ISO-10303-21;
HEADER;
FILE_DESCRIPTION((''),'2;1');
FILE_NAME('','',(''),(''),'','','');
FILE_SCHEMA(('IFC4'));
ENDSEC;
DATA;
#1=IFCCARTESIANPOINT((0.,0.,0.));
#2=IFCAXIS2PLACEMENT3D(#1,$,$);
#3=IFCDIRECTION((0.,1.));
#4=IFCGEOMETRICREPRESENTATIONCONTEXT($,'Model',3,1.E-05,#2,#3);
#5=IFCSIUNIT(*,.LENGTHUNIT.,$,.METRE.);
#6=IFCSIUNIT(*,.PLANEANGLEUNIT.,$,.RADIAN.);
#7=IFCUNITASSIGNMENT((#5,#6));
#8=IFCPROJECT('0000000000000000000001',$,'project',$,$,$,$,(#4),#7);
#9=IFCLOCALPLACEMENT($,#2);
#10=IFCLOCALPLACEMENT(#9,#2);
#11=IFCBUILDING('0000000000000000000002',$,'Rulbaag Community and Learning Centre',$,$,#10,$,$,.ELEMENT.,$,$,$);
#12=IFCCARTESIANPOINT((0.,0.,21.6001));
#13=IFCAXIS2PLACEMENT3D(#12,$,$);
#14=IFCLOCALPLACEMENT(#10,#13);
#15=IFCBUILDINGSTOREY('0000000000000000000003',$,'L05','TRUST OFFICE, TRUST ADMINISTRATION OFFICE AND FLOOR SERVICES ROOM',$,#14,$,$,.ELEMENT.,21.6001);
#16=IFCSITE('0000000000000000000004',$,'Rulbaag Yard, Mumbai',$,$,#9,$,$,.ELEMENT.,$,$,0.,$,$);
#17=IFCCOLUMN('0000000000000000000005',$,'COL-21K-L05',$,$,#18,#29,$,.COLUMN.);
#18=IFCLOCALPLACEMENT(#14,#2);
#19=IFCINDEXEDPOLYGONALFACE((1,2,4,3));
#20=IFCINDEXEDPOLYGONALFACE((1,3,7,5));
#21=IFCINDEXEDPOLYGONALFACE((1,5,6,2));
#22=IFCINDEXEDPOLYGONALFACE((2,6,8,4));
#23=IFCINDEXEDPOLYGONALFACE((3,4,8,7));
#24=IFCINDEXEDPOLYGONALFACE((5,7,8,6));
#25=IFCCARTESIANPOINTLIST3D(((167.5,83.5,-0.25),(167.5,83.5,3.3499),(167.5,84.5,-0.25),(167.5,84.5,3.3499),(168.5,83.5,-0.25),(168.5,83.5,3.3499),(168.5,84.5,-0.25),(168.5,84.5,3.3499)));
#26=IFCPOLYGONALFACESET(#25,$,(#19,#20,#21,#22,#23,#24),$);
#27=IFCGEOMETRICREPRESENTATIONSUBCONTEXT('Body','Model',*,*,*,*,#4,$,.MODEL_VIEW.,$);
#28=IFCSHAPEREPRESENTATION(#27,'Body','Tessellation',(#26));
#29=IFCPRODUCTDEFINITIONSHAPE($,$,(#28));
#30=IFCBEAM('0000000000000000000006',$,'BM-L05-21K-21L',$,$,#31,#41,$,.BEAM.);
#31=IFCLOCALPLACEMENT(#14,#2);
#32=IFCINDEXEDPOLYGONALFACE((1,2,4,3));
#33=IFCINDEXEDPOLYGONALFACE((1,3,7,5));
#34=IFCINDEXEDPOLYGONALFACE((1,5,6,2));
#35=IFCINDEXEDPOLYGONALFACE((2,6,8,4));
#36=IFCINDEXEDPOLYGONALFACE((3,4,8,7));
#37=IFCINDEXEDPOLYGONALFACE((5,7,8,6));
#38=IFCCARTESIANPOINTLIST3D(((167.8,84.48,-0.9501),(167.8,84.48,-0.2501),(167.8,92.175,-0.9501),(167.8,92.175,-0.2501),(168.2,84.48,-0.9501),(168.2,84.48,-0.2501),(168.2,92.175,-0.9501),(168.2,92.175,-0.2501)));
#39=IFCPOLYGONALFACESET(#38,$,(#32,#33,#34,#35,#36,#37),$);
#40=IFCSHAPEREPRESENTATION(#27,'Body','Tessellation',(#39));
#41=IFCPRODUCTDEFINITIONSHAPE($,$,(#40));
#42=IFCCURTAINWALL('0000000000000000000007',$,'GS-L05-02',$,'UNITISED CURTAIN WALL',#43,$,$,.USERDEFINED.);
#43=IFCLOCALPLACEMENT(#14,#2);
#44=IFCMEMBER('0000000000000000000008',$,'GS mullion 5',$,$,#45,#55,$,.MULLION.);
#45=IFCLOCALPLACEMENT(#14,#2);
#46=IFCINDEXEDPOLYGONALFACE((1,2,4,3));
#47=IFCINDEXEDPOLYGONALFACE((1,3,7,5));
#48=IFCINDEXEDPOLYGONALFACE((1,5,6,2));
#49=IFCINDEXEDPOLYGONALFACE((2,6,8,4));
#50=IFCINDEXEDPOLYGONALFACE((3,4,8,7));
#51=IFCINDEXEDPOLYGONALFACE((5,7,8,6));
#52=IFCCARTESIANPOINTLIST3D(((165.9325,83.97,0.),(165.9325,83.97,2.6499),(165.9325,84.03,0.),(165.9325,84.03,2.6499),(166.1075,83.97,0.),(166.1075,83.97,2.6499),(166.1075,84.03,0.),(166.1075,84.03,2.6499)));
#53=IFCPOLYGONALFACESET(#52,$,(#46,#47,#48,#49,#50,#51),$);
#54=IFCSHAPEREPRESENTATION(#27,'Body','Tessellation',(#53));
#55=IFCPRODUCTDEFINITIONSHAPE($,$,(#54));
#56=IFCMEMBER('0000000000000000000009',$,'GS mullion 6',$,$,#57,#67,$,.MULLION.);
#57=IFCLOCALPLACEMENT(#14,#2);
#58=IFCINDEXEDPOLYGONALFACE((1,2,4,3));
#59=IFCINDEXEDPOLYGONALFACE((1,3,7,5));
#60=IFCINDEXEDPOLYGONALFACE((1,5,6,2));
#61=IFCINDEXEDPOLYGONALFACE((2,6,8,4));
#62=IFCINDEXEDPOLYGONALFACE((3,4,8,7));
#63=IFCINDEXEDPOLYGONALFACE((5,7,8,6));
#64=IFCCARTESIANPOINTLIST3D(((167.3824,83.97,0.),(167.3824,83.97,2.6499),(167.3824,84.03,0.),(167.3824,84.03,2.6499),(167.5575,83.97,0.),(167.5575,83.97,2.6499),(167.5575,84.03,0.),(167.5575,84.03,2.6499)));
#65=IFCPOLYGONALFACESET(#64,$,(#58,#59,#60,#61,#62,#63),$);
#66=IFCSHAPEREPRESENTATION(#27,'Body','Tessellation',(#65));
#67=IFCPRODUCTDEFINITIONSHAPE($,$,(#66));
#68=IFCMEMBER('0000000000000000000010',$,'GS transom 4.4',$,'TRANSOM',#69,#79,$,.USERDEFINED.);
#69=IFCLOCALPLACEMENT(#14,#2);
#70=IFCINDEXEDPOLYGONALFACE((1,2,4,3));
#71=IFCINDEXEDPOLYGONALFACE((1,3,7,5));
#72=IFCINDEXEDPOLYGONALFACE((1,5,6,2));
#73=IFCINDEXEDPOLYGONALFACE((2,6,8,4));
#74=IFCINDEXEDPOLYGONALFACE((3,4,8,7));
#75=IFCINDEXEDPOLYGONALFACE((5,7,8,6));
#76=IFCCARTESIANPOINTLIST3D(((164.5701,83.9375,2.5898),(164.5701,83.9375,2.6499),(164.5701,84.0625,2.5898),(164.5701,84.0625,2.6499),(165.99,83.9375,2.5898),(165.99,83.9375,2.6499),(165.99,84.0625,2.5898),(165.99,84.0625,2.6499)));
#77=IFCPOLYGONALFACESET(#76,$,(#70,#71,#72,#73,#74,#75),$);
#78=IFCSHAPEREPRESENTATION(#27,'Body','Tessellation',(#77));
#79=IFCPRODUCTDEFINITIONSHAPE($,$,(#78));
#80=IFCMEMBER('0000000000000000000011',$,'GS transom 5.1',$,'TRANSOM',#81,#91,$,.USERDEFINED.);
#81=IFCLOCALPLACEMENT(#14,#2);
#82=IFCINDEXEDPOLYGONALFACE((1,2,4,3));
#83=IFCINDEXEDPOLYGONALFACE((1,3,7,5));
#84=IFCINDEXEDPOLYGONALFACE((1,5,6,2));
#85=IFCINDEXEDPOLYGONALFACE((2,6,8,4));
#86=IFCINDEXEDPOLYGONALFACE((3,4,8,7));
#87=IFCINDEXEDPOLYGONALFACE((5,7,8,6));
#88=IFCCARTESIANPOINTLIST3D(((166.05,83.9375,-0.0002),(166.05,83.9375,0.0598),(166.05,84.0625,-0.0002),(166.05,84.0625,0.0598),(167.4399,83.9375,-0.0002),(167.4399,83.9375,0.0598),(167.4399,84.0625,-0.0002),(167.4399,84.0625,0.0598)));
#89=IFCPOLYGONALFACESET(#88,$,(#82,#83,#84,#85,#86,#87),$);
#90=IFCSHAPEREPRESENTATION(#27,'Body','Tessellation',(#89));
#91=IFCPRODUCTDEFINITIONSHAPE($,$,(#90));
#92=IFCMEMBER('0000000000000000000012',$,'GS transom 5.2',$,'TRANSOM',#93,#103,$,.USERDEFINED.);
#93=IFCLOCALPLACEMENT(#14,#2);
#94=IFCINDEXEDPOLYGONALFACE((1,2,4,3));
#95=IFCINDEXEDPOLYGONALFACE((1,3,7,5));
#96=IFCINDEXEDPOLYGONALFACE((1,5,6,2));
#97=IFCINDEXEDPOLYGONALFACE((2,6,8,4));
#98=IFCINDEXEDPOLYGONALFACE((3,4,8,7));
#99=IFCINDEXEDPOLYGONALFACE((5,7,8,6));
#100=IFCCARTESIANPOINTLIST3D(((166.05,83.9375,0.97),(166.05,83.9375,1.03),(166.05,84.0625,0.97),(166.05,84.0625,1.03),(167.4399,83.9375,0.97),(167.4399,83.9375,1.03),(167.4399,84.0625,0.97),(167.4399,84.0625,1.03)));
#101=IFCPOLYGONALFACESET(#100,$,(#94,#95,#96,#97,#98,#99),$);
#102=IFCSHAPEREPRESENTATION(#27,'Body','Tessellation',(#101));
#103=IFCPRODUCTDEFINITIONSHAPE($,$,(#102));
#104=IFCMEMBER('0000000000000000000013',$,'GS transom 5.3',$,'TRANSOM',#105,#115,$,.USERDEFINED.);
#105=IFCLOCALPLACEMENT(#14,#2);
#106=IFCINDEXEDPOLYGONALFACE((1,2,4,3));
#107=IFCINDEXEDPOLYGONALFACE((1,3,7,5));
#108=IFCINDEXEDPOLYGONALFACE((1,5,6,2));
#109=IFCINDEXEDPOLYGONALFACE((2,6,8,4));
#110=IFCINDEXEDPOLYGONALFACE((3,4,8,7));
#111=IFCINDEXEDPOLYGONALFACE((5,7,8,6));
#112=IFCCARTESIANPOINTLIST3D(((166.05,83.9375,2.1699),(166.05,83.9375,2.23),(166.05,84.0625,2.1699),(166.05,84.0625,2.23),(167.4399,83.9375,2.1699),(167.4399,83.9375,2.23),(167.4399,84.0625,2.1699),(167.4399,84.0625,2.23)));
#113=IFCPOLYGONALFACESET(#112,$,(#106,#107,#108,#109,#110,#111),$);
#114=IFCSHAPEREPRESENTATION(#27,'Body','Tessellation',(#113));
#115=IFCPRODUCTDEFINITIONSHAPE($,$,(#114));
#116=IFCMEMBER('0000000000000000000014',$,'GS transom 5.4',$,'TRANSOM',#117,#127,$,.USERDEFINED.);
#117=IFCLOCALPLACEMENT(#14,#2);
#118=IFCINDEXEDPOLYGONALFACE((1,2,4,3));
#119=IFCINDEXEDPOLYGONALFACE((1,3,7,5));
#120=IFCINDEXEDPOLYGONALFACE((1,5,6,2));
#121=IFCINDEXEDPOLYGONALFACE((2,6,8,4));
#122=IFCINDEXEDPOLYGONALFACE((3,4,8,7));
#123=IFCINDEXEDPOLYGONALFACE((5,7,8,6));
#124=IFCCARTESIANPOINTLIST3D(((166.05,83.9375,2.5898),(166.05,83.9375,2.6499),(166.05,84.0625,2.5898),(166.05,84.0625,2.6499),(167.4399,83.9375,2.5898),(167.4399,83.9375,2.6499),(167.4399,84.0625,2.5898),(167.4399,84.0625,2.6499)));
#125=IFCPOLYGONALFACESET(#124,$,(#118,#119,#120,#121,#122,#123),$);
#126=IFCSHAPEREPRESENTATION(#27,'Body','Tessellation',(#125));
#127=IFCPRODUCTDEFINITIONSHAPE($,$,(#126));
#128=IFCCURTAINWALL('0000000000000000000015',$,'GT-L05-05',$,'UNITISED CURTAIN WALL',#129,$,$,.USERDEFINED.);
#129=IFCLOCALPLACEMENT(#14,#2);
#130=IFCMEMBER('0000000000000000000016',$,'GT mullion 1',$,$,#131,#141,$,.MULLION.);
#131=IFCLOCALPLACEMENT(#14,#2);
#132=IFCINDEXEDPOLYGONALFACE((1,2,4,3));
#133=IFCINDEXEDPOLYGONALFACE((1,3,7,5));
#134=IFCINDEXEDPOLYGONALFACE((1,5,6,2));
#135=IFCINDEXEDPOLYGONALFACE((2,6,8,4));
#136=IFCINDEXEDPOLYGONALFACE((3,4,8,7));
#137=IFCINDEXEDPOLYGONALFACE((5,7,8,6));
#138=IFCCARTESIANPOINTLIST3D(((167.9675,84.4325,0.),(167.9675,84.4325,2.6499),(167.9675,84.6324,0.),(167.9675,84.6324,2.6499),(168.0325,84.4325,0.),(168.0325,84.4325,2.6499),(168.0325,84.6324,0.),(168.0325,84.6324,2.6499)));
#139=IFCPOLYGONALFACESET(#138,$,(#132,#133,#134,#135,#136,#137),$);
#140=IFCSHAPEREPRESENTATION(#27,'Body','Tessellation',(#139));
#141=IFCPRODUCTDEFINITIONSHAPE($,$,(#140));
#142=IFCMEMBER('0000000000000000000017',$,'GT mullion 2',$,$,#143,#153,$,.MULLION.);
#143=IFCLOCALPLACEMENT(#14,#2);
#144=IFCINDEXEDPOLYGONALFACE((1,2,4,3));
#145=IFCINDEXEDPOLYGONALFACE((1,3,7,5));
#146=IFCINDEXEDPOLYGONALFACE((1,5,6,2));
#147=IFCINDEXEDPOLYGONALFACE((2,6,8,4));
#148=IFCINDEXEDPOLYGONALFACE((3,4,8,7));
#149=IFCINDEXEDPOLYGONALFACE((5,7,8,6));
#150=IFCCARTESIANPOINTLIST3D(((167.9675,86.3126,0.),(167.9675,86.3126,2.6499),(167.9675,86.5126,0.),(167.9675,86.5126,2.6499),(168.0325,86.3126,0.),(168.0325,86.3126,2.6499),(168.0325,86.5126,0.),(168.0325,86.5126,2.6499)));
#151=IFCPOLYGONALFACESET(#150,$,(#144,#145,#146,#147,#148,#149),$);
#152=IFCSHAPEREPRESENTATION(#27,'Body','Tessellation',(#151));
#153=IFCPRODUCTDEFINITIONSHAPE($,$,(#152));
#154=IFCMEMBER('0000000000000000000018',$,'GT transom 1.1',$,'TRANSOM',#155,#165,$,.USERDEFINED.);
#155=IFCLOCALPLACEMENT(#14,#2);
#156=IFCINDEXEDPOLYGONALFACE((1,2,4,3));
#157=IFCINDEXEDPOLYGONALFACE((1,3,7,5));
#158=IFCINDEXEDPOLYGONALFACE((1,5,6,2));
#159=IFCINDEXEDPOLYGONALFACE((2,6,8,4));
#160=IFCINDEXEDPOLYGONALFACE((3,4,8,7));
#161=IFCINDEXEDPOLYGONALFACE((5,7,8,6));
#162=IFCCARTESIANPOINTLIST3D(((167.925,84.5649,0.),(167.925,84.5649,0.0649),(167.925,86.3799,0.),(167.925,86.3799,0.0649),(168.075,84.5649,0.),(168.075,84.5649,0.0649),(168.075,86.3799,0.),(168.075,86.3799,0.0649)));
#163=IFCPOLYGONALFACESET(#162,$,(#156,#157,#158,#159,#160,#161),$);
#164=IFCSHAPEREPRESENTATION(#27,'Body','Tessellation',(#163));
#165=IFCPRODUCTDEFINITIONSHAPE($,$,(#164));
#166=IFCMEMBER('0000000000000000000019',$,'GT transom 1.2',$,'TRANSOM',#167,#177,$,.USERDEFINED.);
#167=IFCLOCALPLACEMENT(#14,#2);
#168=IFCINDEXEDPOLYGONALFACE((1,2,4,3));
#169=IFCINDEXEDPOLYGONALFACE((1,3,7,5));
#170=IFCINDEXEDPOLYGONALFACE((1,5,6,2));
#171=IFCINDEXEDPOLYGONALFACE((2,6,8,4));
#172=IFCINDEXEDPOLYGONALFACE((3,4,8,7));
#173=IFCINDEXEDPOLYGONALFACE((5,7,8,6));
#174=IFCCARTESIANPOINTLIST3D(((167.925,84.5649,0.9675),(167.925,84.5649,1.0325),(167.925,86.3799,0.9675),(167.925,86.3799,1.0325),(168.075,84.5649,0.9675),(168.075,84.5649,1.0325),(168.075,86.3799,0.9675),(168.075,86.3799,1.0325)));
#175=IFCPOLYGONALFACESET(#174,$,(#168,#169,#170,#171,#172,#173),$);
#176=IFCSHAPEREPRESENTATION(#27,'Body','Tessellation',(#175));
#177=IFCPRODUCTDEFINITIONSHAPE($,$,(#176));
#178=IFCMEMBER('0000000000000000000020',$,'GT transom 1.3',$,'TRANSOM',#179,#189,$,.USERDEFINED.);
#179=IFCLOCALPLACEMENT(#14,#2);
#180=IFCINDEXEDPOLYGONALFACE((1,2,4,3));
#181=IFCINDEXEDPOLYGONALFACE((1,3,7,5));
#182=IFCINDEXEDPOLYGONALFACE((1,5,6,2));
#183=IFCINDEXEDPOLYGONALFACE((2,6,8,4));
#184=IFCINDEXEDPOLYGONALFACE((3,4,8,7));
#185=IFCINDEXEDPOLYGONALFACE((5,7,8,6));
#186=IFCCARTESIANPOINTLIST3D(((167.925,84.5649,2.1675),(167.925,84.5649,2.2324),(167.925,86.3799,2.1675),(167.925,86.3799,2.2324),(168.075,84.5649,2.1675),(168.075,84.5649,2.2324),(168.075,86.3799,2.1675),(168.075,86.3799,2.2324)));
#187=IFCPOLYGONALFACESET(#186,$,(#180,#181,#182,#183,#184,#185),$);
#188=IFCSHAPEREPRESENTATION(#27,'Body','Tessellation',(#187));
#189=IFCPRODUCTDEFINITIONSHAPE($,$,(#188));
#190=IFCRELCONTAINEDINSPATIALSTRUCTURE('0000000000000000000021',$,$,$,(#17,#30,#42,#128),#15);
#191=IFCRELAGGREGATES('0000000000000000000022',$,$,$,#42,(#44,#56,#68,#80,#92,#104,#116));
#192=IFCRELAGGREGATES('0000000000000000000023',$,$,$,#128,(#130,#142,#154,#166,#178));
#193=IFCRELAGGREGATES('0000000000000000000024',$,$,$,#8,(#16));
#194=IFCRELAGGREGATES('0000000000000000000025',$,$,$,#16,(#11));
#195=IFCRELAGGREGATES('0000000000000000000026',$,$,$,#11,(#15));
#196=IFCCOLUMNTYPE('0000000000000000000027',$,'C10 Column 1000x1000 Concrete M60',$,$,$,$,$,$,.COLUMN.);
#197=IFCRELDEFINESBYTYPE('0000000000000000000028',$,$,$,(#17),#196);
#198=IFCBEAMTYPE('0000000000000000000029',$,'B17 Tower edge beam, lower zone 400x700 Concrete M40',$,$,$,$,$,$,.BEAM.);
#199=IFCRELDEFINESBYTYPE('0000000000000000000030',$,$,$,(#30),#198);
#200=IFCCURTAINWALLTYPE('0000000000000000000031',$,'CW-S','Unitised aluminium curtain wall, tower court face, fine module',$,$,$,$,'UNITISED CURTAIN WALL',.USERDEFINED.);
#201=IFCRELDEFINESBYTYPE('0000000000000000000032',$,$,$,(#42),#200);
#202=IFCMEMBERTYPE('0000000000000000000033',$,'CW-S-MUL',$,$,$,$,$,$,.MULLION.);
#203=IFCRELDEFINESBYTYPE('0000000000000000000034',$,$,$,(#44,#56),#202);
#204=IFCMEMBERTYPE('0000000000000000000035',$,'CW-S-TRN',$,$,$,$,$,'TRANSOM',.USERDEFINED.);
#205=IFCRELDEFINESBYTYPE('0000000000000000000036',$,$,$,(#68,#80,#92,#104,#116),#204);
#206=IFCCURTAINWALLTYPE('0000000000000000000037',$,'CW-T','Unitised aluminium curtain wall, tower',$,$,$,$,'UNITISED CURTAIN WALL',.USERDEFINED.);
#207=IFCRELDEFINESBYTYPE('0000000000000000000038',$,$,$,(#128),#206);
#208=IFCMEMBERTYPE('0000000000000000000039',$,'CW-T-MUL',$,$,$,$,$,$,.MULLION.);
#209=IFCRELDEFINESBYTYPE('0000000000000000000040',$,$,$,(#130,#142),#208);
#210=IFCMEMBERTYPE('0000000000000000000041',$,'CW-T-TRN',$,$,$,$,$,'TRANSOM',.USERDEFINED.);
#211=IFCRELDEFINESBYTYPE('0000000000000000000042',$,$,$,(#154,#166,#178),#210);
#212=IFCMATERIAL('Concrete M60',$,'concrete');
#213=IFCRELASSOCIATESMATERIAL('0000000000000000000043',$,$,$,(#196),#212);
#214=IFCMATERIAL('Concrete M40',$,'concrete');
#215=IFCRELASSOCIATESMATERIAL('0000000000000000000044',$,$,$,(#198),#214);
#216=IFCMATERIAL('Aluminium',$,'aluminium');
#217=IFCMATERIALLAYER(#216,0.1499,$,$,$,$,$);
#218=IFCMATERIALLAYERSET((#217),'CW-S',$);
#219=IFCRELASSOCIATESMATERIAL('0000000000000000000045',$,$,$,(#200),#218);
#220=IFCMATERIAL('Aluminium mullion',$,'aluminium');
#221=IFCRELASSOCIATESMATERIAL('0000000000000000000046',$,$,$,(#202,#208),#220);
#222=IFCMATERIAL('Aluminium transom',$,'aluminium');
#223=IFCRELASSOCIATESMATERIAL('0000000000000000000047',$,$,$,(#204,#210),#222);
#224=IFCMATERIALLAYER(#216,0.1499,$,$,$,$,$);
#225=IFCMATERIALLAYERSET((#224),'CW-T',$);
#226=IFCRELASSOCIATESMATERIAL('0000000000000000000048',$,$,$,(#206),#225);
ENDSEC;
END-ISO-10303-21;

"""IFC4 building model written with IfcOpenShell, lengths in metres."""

from ifc_helpers import new_model, si_unit, direction, frame, origin, origin_2d, place, context, subcontext, project, spatial, rectangle, extrude, material, layer, layer_set, material_profile, profile_set, type_object, element, aggregate, save


model = new_model("IFC4")

# Units and contexts
model_context = context("Model", 3, precision=1e-05, world=origin(), true_north=direction((0.0, 1.0)))
body_context = subcontext(model_context, "Body", "Model", "MODEL_VIEW")
ifc_project = project(units=[si_unit("LENGTHUNIT", "METRE"), si_unit("PLANEANGLEUNIT", "RADIAN")], contexts=[model_context])

# Site, building, storey
site_placement = place(None, origin())
site = spatial("IfcSite", under=ifc_project, at=site_placement, Name="Rulbaag Yard, Mumbai", CompositionType="ELEMENT", RefElevation=0.0)
building_placement = place(site_placement, origin())
building = spatial("IfcBuilding", under=site, at=building_placement, Name="Rulbaag Community and Learning Centre", CompositionType="ELEMENT")
storey_placement = place(building_placement, frame((0.0, 0.0, 21.6001)))
storey = spatial("IfcBuildingStorey", under=building, at=storey_placement, Name="L05", Description="TRUST OFFICE, TRUST ADMINISTRATION OFFICE AND FLOOR SERVICES ROOM", CompositionType="ELEMENT", Elevation=21.6001)

# Column
ifc_material_1 = material(Name="Concrete M60", Category="concrete")
ifc_material_profile_1 = material_profile(ifc_material_1, rectangle(XDim=1.0, YDim=1.0, at=origin_2d()), Name="RC1000x1000")
ifc_profile_set_1 = profile_set([ifc_material_profile_1], Name="Concrete M60")
column_type = type_object("IfcColumnType", Name="C10 Column 1000x1000 Concrete M60", PredefinedType="COLUMN", material=ifc_profile_set_1)
column_placement = place(storey_placement, frame((168.0, 84.0, -0.25), z_axis=(0.0, 0.0, 1.0), x_axis=(1.0, 0.0, 0.0)))
element("IfcColumn", 1, at=column_placement, inside=storey, type_object=column_type, Name="COL-21K-L05", PredefinedType="COLUMN", context=body_context, shape_type="SweptSolid", body=[
    extrude(rectangle(XDim=1.0, YDim=1.0, at=origin_2d()), origin(), (0.0, 0.0, 1.0), 3.5999),
])

# Beam
ifc_material_2 = material(Name="Concrete M40", Category="concrete")
ifc_material_profile_2 = material_profile(ifc_material_2, rectangle(XDim=0.3999, YDim=0.7, at=origin_2d()), Name="RB400x700")
ifc_profile_set_2 = profile_set([ifc_material_profile_2], Name="Concrete M40")
beam_type = type_object("IfcBeamType", Name="B17 Tower edge beam, lower zone 400x700 Concrete M40", PredefinedType="BEAM", material=ifc_profile_set_2)
beam_placement = place(storey_placement, frame((168.0, 84.48, -0.6001), z_axis=(0.0, 1.0, 0.0), x_axis=(-1.0, 0.0, 0.0)))
element("IfcBeam", 2, at=beam_placement, inside=storey, type_object=beam_type, Name="BM-L05-21K-21L", PredefinedType="BEAM", context=body_context, shape_type="SweptSolid", body=[
    extrude(rectangle(XDim=0.3999, YDim=0.7, at=origin_2d()), origin(), (0.0, 0.0, 1.0), 7.6951),
])

# Curtain walls, members
ifc_material_3 = material(Name="Aluminium", Category="aluminium")
ifc_layer_1 = layer(ifc_material_3, 0.1499)
ifc_layer_set_1 = layer_set([ifc_layer_1], Name="CW-S")
curtain_wall_type_1 = type_object("IfcCurtainWallType", Name="CW-S", Description="Unitised aluminium curtain wall, tower court face, fine module", ElementType="UNITISED CURTAIN WALL", PredefinedType="USERDEFINED", material=ifc_layer_set_1)
curtain_wall_1_placement = place(storey_placement, origin())
curtain_wall_1 = element("IfcCurtainWall", 3, at=curtain_wall_1_placement, inside=storey, type_object=curtain_wall_type_1, Name="GS-L05-02", ObjectType="UNITISED CURTAIN WALL", PredefinedType="USERDEFINED")
ifc_material_4 = material(Name="Aluminium mullion", Category="aluminium")
ifc_material_profile_3 = material_profile(ifc_material_4, rectangle(XDim=0.0601, YDim=0.175, at=origin_2d()), Name="AL 60x175")
ifc_profile_set_3 = profile_set([ifc_material_profile_3], Name="Aluminium mullion")
member_type_1 = type_object("IfcMemberType", Name="CW-S-MUL", PredefinedType="MULLION", material=ifc_profile_set_3)
member_1_placement = place(storey_placement, frame((166.02, 84.0, 0.0), z_axis=(0.0, 0.0, 1.0), x_axis=(0.0, 1.0, 0.0)))
member_1 = element("IfcMember", 4, at=member_1_placement, type_object=member_type_1, Name="GS mullion 5", PredefinedType="MULLION", context=body_context, shape_type="SweptSolid", body=[
    extrude(rectangle(XDim=0.0601, YDim=0.175, at=origin_2d()), origin(), (0.0, 0.0, 1.0), 2.6499),
])
member_2_placement = place(storey_placement, frame((167.47, 84.0, 0.0), z_axis=(0.0, 0.0, 1.0), x_axis=(0.0, 1.0, 0.0)))
member_2 = element("IfcMember", 5, at=member_2_placement, type_object=member_type_1, Name="GS mullion 6", PredefinedType="MULLION", context=body_context, shape_type="SweptSolid", body=[
    extrude(rectangle(XDim=0.0601, YDim=0.175, at=origin_2d()), origin(), (0.0, 0.0, 1.0), 2.6499),
])
ifc_material_5 = material(Name="Aluminium transom", Category="aluminium")
ifc_material_profile_4 = material_profile(ifc_material_5, rectangle(XDim=0.125, YDim=0.0601, at=origin_2d()), Name="AL 60x125 T")
ifc_profile_set_4 = profile_set([ifc_material_profile_4], Name="Aluminium transom")
member_type_2 = type_object("IfcMemberType", Name="CW-S-TRN", ElementType="TRANSOM", PredefinedType="USERDEFINED", material=ifc_profile_set_4)
member_3_placement = place(storey_placement, frame((164.5701, 84.0, 2.6199), z_axis=(1.0, 0.0, 0.0), x_axis=(0.0, 1.0, 0.0)))
member_3 = element("IfcMember", 6, at=member_3_placement, type_object=member_type_2, Name="GS transom 4.4", ObjectType="TRANSOM", PredefinedType="USERDEFINED", context=body_context, shape_type="SweptSolid", body=[
    extrude(rectangle(XDim=0.125, YDim=0.0601, at=origin_2d()), origin(), (0.0, 0.0, 1.0), 1.4199),
])
member_4_placement = place(storey_placement, frame((166.05, 84.0, 0.0298), z_axis=(1.0, 0.0, 0.0), x_axis=(0.0, 1.0, 0.0)))
member_4 = element("IfcMember", 7, at=member_4_placement, type_object=member_type_2, Name="GS transom 5.1", ObjectType="TRANSOM", PredefinedType="USERDEFINED", context=body_context, shape_type="SweptSolid", body=[
    extrude(rectangle(XDim=0.125, YDim=0.0601, at=origin_2d()), origin(), (0.0, 0.0, 1.0), 1.3899),
])
member_5_placement = place(storey_placement, frame((166.05, 84.0, 1.0), z_axis=(1.0, 0.0, 0.0), x_axis=(0.0, 1.0, 0.0)))
member_5 = element("IfcMember", 8, at=member_5_placement, type_object=member_type_2, Name="GS transom 5.2", ObjectType="TRANSOM", PredefinedType="USERDEFINED", context=body_context, shape_type="SweptSolid", body=[
    extrude(rectangle(XDim=0.125, YDim=0.0601, at=origin_2d()), origin(), (0.0, 0.0, 1.0), 1.3899),
])
member_6_placement = place(storey_placement, frame((166.05, 84.0, 2.2), z_axis=(1.0, 0.0, 0.0), x_axis=(0.0, 1.0, 0.0)))
member_6 = element("IfcMember", 9, at=member_6_placement, type_object=member_type_2, Name="GS transom 5.3", ObjectType="TRANSOM", PredefinedType="USERDEFINED", context=body_context, shape_type="SweptSolid", body=[
    extrude(rectangle(XDim=0.125, YDim=0.0601, at=origin_2d()), origin(), (0.0, 0.0, 1.0), 1.3899),
])
member_7_placement = place(storey_placement, frame((166.05, 84.0, 2.6199), z_axis=(1.0, 0.0, 0.0), x_axis=(0.0, 1.0, 0.0)))
member_7 = element("IfcMember", 10, at=member_7_placement, type_object=member_type_2, Name="GS transom 5.4", ObjectType="TRANSOM", PredefinedType="USERDEFINED", context=body_context, shape_type="SweptSolid", body=[
    extrude(rectangle(XDim=0.125, YDim=0.0601, at=origin_2d()), origin(), (0.0, 0.0, 1.0), 1.3899),
])
ifc_layer_2 = layer(ifc_material_3, 0.1499)
ifc_layer_set_2 = layer_set([ifc_layer_2], Name="CW-T")
curtain_wall_type_2 = type_object("IfcCurtainWallType", Name="CW-T", Description="Unitised aluminium curtain wall, tower", ElementType="UNITISED CURTAIN WALL", PredefinedType="USERDEFINED", material=ifc_layer_set_2)
curtain_wall_2_placement = place(storey_placement, origin())
curtain_wall_2 = element("IfcCurtainWall", 11, at=curtain_wall_2_placement, inside=storey, type_object=curtain_wall_type_2, Name="GT-L05-05", ObjectType="UNITISED CURTAIN WALL", PredefinedType="USERDEFINED")
ifc_material_profile_5 = material_profile(ifc_material_4, rectangle(XDim=0.0649, YDim=0.2, at=origin_2d()), Name="AL 65x200")
ifc_profile_set_5 = profile_set([ifc_material_profile_5], Name="Aluminium mullion")
member_type_3 = type_object("IfcMemberType", Name="CW-T-MUL", PredefinedType="MULLION", material=ifc_profile_set_5)
member_8_placement = place(storey_placement, frame((168.0, 84.5325, 0.0), z_axis=(0.0, 0.0, 1.0), x_axis=(-1.0, 0.0, 0.0)))
member_8 = element("IfcMember", 12, at=member_8_placement, type_object=member_type_3, Name="GT mullion 1", PredefinedType="MULLION", context=body_context, shape_type="SweptSolid", body=[
    extrude(rectangle(XDim=0.0649, YDim=0.2, at=origin_2d()), origin(), (0.0, 0.0, 1.0), 2.6499),
])
member_9_placement = place(storey_placement, frame((168.0, 86.4126, 0.0), z_axis=(0.0, 0.0, 1.0), x_axis=(-1.0, 0.0, 0.0)))
member_9 = element("IfcMember", 13, at=member_9_placement, type_object=member_type_3, Name="GT mullion 2", PredefinedType="MULLION", context=body_context, shape_type="SweptSolid", body=[
    extrude(rectangle(XDim=0.0649, YDim=0.2, at=origin_2d()), origin(), (0.0, 0.0, 1.0), 2.6499),
])
ifc_material_profile_6 = material_profile(ifc_material_5, rectangle(XDim=0.1499, YDim=0.0649, at=origin_2d()), Name="AL 65x150 T")
ifc_profile_set_6 = profile_set([ifc_material_profile_6], Name="Aluminium transom")
member_type_4 = type_object("IfcMemberType", Name="CW-T-TRN", ElementType="TRANSOM", PredefinedType="USERDEFINED", material=ifc_profile_set_6)
member_10_placement = place(storey_placement, frame((168.0, 84.5649, 0.0325), z_axis=(0.0, 1.0, 0.0), x_axis=(-1.0, 0.0, 0.0)))
member_10 = element("IfcMember", 14, at=member_10_placement, type_object=member_type_4, Name="GT transom 1.1", ObjectType="TRANSOM", PredefinedType="USERDEFINED", context=body_context, shape_type="SweptSolid", body=[
    extrude(rectangle(XDim=0.1499, YDim=0.0649, at=origin_2d()), origin(), (0.0, 0.0, 1.0), 1.8149),
])
member_11_placement = place(storey_placement, frame((168.0, 84.5649, 1.0), z_axis=(0.0, 1.0, 0.0), x_axis=(-1.0, 0.0, 0.0)))
member_11 = element("IfcMember", 15, at=member_11_placement, type_object=member_type_4, Name="GT transom 1.2", ObjectType="TRANSOM", PredefinedType="USERDEFINED", context=body_context, shape_type="SweptSolid", body=[
    extrude(rectangle(XDim=0.1499, YDim=0.0649, at=origin_2d()), origin(), (0.0, 0.0, 1.0), 1.8149),
])
member_12_placement = place(storey_placement, frame((168.0, 84.5649, 2.2), z_axis=(0.0, 1.0, 0.0), x_axis=(-1.0, 0.0, 0.0)))
member_12 = element("IfcMember", 16, at=member_12_placement, type_object=member_type_4, Name="GT transom 1.3", ObjectType="TRANSOM", PredefinedType="USERDEFINED", context=body_context, shape_type="SweptSolid", body=[
    extrude(rectangle(XDim=0.1499, YDim=0.0649, at=origin_2d()), origin(), (0.0, 0.0, 1.0), 1.8149),
])

aggregate(curtain_wall_1, [member_1, member_2, member_3, member_4, member_5, member_6, member_7])
aggregate(curtain_wall_2, [member_8, member_9, member_10, member_11, member_12])

save(model, "model.ifc")
